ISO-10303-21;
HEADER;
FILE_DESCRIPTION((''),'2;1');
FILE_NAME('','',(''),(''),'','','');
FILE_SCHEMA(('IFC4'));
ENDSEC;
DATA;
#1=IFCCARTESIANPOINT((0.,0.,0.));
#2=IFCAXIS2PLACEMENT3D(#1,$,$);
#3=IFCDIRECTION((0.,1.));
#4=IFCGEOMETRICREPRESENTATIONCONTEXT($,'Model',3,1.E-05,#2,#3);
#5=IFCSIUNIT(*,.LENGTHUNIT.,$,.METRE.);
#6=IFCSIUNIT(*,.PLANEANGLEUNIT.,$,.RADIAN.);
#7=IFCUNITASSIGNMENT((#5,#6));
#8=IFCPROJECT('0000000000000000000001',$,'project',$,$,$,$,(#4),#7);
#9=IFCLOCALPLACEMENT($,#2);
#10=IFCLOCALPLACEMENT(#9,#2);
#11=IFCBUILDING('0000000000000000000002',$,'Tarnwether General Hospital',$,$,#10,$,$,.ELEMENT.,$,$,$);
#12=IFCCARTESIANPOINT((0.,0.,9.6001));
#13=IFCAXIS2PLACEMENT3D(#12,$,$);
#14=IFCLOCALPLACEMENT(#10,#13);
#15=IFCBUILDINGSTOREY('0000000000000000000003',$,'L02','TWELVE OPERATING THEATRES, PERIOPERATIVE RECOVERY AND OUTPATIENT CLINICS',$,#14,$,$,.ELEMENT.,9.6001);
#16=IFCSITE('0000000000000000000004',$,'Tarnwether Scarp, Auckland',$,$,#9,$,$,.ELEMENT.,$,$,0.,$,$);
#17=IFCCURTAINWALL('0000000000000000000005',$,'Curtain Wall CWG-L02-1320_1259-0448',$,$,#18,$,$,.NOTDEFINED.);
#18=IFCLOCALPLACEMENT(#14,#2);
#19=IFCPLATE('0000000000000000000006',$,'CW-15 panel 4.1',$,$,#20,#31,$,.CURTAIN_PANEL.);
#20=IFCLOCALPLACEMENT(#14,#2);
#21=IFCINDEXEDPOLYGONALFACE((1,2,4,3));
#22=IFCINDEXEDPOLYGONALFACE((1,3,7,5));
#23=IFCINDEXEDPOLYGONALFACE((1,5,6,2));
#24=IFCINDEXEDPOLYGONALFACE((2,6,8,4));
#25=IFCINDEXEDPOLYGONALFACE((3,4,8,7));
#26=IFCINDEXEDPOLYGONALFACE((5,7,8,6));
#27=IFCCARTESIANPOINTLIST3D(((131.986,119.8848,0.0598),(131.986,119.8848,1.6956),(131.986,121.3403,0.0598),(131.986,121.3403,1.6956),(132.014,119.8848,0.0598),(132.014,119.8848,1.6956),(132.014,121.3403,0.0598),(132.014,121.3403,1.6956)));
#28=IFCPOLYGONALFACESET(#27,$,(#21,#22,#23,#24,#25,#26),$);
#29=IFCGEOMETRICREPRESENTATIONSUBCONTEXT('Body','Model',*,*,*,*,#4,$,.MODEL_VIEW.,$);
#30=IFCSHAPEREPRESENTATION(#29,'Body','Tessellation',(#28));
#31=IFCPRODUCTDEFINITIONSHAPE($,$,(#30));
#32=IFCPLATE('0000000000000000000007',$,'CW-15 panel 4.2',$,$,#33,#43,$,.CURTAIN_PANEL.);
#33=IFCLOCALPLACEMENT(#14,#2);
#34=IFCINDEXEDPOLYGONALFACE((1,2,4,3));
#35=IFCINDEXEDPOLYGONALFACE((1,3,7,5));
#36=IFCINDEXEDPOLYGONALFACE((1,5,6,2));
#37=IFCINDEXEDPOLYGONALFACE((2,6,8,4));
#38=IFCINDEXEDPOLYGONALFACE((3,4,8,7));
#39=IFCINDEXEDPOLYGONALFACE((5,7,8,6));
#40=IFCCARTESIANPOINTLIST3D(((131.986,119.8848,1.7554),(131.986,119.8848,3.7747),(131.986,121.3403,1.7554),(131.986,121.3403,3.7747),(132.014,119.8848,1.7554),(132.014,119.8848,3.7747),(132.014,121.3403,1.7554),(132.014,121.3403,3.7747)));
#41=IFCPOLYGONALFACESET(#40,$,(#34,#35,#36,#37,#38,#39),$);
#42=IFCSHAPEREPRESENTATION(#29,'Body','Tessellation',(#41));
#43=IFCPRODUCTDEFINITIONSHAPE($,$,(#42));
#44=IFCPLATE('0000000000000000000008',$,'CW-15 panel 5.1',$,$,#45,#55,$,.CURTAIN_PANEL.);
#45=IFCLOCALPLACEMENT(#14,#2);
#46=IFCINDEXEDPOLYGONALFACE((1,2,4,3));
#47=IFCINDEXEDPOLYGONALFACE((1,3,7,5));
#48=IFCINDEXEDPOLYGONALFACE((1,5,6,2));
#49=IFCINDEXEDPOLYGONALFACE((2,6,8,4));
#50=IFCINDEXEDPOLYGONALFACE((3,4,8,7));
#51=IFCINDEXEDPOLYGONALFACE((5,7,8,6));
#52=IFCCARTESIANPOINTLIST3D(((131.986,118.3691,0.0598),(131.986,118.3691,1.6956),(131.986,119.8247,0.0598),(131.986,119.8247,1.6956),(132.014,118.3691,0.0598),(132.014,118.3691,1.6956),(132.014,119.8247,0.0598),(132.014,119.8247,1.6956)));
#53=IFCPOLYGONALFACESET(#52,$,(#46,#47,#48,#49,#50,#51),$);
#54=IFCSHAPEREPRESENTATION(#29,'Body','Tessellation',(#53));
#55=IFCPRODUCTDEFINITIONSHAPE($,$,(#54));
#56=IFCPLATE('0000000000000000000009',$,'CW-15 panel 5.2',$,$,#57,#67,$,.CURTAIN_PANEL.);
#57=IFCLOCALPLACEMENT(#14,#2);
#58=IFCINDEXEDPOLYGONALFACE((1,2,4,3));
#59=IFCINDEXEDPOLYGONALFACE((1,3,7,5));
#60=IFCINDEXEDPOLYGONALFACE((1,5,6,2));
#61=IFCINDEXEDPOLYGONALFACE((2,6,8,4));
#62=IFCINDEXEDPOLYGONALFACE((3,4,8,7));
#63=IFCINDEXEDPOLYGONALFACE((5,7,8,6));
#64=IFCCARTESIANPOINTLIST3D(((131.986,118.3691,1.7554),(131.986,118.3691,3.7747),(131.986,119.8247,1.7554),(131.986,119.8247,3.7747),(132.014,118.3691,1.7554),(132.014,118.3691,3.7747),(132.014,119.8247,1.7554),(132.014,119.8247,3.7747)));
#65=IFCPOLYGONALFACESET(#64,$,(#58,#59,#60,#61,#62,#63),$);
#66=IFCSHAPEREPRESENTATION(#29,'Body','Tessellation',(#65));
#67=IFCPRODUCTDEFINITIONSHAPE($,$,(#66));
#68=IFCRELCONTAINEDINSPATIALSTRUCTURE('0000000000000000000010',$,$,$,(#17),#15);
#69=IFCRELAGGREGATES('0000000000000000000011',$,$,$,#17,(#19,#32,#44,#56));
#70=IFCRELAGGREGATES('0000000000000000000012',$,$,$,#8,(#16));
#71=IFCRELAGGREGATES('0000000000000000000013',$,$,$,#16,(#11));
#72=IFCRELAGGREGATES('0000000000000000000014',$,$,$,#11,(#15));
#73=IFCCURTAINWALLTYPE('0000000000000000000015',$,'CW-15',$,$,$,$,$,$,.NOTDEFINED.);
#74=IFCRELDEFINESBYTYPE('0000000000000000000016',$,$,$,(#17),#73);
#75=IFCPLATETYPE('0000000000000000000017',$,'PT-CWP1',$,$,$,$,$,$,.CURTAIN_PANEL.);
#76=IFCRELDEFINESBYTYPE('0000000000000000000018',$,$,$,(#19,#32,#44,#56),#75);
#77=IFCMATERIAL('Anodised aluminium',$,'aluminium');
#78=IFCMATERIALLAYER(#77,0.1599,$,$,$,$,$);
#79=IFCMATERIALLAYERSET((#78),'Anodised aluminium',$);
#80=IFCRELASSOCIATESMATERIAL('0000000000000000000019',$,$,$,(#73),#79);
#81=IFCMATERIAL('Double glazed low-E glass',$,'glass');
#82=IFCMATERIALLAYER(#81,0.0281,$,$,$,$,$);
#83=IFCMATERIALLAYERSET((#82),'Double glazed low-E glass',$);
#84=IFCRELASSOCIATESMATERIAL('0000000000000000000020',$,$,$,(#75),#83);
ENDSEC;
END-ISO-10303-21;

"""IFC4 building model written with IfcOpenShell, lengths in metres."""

from ifc_helpers import new_model, si_unit, direction, frame, origin, origin_2d, place, context, subcontext, project, spatial, rectangle, extrude, material, layer, layer_set, type_object, element, aggregate, save


model = new_model("IFC4")

# Units and contexts
model_context = context("Model", 3, precision=1e-05, world=origin(), true_north=direction((0.0, 1.0)))
body_context = subcontext(model_context, "Body", "Model", "MODEL_VIEW")
ifc_project = project(units=[si_unit("LENGTHUNIT", "METRE"), si_unit("PLANEANGLEUNIT", "RADIAN")], contexts=[model_context])

# Site, building, storey
site_placement = place(None, origin())
site = spatial("IfcSite", under=ifc_project, at=site_placement, Name="Tarnwether Scarp, Auckland", CompositionType="ELEMENT", RefElevation=0.0)
building_placement = place(site_placement, origin())
building = spatial("IfcBuilding", under=site, at=building_placement, Name="Tarnwether General Hospital", CompositionType="ELEMENT")
storey_placement = place(building_placement, frame((0.0, 0.0, 9.6001)))
storey = spatial("IfcBuildingStorey", under=building, at=storey_placement, Name="L02", Description="TWELVE OPERATING THEATRES, PERIOPERATIVE RECOVERY AND OUTPATIENT CLINICS", CompositionType="ELEMENT", Elevation=9.6001)

# Curtain wall
ifc_material_1 = material(Name="Anodised aluminium", Category="aluminium")
ifc_layer_1 = layer(ifc_material_1, 0.1599)
ifc_layer_set_1 = layer_set([ifc_layer_1], Name="Anodised aluminium")
curtain_wall_type_1 = type_object("IfcCurtainWallType", Name="CW-15", PredefinedType="NOTDEFINED", material=ifc_layer_set_1)
curtain_wall_1_placement = place(storey_placement, origin())
curtain_wall_1 = element("IfcCurtainWall", 1, at=curtain_wall_1_placement, inside=storey, type_object=curtain_wall_type_1, Name="Curtain Wall CWG-L02-1320_1259-0448", PredefinedType="NOTDEFINED")

# Plates
ifc_material_2 = material(Name="Double glazed low-E glass", Category="glass")
ifc_layer_2 = layer(ifc_material_2, 0.0281)
ifc_layer_set_2 = layer_set([ifc_layer_2], Name="Double glazed low-E glass")
plate_type = type_object("IfcPlateType", Name="PT-CWP1", PredefinedType="CURTAIN_PANEL", material=ifc_layer_set_2)
plate_1_placement = place(storey_placement, frame((132.0, 120.6125, 0.0598), z_axis=(0.0, 0.0, 1.0), x_axis=(0.0, -1.0, 0.0)))
plate_1 = element("IfcPlate", 2, at=plate_1_placement, type_object=plate_type, Name="CW-15 panel 4.1", PredefinedType="CURTAIN_PANEL", context=body_context, shape_type="SweptSolid", body=[
    extrude(rectangle(XDim=1.4556, YDim=0.0281, at=origin_2d()), origin(), (0.0, 0.0, 1.0), 1.6357),
])
plate_2_placement = place(storey_placement, frame((132.0, 120.6125, 1.7554), z_axis=(0.0, 0.0, 1.0), x_axis=(0.0, -1.0, 0.0)))
plate_2 = element("IfcPlate", 3, at=plate_2_placement, type_object=plate_type, Name="CW-15 panel 4.2", PredefinedType="CURTAIN_PANEL", context=body_context, shape_type="SweptSolid", body=[
    extrude(rectangle(XDim=1.4556, YDim=0.0281, at=origin_2d()), origin(), (0.0, 0.0, 1.0), 2.0193),
])
plate_3_placement = place(storey_placement, frame((132.0, 119.0969, 0.0598), z_axis=(0.0, 0.0, 1.0), x_axis=(0.0, -1.0, 0.0)))
plate_3 = element("IfcPlate", 4, at=plate_3_placement, type_object=plate_type, Name="CW-15 panel 5.1", PredefinedType="CURTAIN_PANEL", context=body_context, shape_type="SweptSolid", body=[
    extrude(rectangle(XDim=1.4556, YDim=0.0281, at=origin_2d()), origin(), (0.0, 0.0, 1.0), 1.6357),
])
plate_4_placement = place(storey_placement, frame((132.0, 119.0969, 1.7554), z_axis=(0.0, 0.0, 1.0), x_axis=(0.0, -1.0, 0.0)))
plate_4 = element("IfcPlate", 5, at=plate_4_placement, type_object=plate_type, Name="CW-15 panel 5.2", PredefinedType="CURTAIN_PANEL", context=body_context, shape_type="SweptSolid", body=[
    extrude(rectangle(XDim=1.4556, YDim=0.0281, at=origin_2d()), origin(), (0.0, 0.0, 1.0), 2.0193),
])
aggregate(curtain_wall_1, [plate_1, plate_2, plate_3, plate_4])

save(model, "model.ifc")
